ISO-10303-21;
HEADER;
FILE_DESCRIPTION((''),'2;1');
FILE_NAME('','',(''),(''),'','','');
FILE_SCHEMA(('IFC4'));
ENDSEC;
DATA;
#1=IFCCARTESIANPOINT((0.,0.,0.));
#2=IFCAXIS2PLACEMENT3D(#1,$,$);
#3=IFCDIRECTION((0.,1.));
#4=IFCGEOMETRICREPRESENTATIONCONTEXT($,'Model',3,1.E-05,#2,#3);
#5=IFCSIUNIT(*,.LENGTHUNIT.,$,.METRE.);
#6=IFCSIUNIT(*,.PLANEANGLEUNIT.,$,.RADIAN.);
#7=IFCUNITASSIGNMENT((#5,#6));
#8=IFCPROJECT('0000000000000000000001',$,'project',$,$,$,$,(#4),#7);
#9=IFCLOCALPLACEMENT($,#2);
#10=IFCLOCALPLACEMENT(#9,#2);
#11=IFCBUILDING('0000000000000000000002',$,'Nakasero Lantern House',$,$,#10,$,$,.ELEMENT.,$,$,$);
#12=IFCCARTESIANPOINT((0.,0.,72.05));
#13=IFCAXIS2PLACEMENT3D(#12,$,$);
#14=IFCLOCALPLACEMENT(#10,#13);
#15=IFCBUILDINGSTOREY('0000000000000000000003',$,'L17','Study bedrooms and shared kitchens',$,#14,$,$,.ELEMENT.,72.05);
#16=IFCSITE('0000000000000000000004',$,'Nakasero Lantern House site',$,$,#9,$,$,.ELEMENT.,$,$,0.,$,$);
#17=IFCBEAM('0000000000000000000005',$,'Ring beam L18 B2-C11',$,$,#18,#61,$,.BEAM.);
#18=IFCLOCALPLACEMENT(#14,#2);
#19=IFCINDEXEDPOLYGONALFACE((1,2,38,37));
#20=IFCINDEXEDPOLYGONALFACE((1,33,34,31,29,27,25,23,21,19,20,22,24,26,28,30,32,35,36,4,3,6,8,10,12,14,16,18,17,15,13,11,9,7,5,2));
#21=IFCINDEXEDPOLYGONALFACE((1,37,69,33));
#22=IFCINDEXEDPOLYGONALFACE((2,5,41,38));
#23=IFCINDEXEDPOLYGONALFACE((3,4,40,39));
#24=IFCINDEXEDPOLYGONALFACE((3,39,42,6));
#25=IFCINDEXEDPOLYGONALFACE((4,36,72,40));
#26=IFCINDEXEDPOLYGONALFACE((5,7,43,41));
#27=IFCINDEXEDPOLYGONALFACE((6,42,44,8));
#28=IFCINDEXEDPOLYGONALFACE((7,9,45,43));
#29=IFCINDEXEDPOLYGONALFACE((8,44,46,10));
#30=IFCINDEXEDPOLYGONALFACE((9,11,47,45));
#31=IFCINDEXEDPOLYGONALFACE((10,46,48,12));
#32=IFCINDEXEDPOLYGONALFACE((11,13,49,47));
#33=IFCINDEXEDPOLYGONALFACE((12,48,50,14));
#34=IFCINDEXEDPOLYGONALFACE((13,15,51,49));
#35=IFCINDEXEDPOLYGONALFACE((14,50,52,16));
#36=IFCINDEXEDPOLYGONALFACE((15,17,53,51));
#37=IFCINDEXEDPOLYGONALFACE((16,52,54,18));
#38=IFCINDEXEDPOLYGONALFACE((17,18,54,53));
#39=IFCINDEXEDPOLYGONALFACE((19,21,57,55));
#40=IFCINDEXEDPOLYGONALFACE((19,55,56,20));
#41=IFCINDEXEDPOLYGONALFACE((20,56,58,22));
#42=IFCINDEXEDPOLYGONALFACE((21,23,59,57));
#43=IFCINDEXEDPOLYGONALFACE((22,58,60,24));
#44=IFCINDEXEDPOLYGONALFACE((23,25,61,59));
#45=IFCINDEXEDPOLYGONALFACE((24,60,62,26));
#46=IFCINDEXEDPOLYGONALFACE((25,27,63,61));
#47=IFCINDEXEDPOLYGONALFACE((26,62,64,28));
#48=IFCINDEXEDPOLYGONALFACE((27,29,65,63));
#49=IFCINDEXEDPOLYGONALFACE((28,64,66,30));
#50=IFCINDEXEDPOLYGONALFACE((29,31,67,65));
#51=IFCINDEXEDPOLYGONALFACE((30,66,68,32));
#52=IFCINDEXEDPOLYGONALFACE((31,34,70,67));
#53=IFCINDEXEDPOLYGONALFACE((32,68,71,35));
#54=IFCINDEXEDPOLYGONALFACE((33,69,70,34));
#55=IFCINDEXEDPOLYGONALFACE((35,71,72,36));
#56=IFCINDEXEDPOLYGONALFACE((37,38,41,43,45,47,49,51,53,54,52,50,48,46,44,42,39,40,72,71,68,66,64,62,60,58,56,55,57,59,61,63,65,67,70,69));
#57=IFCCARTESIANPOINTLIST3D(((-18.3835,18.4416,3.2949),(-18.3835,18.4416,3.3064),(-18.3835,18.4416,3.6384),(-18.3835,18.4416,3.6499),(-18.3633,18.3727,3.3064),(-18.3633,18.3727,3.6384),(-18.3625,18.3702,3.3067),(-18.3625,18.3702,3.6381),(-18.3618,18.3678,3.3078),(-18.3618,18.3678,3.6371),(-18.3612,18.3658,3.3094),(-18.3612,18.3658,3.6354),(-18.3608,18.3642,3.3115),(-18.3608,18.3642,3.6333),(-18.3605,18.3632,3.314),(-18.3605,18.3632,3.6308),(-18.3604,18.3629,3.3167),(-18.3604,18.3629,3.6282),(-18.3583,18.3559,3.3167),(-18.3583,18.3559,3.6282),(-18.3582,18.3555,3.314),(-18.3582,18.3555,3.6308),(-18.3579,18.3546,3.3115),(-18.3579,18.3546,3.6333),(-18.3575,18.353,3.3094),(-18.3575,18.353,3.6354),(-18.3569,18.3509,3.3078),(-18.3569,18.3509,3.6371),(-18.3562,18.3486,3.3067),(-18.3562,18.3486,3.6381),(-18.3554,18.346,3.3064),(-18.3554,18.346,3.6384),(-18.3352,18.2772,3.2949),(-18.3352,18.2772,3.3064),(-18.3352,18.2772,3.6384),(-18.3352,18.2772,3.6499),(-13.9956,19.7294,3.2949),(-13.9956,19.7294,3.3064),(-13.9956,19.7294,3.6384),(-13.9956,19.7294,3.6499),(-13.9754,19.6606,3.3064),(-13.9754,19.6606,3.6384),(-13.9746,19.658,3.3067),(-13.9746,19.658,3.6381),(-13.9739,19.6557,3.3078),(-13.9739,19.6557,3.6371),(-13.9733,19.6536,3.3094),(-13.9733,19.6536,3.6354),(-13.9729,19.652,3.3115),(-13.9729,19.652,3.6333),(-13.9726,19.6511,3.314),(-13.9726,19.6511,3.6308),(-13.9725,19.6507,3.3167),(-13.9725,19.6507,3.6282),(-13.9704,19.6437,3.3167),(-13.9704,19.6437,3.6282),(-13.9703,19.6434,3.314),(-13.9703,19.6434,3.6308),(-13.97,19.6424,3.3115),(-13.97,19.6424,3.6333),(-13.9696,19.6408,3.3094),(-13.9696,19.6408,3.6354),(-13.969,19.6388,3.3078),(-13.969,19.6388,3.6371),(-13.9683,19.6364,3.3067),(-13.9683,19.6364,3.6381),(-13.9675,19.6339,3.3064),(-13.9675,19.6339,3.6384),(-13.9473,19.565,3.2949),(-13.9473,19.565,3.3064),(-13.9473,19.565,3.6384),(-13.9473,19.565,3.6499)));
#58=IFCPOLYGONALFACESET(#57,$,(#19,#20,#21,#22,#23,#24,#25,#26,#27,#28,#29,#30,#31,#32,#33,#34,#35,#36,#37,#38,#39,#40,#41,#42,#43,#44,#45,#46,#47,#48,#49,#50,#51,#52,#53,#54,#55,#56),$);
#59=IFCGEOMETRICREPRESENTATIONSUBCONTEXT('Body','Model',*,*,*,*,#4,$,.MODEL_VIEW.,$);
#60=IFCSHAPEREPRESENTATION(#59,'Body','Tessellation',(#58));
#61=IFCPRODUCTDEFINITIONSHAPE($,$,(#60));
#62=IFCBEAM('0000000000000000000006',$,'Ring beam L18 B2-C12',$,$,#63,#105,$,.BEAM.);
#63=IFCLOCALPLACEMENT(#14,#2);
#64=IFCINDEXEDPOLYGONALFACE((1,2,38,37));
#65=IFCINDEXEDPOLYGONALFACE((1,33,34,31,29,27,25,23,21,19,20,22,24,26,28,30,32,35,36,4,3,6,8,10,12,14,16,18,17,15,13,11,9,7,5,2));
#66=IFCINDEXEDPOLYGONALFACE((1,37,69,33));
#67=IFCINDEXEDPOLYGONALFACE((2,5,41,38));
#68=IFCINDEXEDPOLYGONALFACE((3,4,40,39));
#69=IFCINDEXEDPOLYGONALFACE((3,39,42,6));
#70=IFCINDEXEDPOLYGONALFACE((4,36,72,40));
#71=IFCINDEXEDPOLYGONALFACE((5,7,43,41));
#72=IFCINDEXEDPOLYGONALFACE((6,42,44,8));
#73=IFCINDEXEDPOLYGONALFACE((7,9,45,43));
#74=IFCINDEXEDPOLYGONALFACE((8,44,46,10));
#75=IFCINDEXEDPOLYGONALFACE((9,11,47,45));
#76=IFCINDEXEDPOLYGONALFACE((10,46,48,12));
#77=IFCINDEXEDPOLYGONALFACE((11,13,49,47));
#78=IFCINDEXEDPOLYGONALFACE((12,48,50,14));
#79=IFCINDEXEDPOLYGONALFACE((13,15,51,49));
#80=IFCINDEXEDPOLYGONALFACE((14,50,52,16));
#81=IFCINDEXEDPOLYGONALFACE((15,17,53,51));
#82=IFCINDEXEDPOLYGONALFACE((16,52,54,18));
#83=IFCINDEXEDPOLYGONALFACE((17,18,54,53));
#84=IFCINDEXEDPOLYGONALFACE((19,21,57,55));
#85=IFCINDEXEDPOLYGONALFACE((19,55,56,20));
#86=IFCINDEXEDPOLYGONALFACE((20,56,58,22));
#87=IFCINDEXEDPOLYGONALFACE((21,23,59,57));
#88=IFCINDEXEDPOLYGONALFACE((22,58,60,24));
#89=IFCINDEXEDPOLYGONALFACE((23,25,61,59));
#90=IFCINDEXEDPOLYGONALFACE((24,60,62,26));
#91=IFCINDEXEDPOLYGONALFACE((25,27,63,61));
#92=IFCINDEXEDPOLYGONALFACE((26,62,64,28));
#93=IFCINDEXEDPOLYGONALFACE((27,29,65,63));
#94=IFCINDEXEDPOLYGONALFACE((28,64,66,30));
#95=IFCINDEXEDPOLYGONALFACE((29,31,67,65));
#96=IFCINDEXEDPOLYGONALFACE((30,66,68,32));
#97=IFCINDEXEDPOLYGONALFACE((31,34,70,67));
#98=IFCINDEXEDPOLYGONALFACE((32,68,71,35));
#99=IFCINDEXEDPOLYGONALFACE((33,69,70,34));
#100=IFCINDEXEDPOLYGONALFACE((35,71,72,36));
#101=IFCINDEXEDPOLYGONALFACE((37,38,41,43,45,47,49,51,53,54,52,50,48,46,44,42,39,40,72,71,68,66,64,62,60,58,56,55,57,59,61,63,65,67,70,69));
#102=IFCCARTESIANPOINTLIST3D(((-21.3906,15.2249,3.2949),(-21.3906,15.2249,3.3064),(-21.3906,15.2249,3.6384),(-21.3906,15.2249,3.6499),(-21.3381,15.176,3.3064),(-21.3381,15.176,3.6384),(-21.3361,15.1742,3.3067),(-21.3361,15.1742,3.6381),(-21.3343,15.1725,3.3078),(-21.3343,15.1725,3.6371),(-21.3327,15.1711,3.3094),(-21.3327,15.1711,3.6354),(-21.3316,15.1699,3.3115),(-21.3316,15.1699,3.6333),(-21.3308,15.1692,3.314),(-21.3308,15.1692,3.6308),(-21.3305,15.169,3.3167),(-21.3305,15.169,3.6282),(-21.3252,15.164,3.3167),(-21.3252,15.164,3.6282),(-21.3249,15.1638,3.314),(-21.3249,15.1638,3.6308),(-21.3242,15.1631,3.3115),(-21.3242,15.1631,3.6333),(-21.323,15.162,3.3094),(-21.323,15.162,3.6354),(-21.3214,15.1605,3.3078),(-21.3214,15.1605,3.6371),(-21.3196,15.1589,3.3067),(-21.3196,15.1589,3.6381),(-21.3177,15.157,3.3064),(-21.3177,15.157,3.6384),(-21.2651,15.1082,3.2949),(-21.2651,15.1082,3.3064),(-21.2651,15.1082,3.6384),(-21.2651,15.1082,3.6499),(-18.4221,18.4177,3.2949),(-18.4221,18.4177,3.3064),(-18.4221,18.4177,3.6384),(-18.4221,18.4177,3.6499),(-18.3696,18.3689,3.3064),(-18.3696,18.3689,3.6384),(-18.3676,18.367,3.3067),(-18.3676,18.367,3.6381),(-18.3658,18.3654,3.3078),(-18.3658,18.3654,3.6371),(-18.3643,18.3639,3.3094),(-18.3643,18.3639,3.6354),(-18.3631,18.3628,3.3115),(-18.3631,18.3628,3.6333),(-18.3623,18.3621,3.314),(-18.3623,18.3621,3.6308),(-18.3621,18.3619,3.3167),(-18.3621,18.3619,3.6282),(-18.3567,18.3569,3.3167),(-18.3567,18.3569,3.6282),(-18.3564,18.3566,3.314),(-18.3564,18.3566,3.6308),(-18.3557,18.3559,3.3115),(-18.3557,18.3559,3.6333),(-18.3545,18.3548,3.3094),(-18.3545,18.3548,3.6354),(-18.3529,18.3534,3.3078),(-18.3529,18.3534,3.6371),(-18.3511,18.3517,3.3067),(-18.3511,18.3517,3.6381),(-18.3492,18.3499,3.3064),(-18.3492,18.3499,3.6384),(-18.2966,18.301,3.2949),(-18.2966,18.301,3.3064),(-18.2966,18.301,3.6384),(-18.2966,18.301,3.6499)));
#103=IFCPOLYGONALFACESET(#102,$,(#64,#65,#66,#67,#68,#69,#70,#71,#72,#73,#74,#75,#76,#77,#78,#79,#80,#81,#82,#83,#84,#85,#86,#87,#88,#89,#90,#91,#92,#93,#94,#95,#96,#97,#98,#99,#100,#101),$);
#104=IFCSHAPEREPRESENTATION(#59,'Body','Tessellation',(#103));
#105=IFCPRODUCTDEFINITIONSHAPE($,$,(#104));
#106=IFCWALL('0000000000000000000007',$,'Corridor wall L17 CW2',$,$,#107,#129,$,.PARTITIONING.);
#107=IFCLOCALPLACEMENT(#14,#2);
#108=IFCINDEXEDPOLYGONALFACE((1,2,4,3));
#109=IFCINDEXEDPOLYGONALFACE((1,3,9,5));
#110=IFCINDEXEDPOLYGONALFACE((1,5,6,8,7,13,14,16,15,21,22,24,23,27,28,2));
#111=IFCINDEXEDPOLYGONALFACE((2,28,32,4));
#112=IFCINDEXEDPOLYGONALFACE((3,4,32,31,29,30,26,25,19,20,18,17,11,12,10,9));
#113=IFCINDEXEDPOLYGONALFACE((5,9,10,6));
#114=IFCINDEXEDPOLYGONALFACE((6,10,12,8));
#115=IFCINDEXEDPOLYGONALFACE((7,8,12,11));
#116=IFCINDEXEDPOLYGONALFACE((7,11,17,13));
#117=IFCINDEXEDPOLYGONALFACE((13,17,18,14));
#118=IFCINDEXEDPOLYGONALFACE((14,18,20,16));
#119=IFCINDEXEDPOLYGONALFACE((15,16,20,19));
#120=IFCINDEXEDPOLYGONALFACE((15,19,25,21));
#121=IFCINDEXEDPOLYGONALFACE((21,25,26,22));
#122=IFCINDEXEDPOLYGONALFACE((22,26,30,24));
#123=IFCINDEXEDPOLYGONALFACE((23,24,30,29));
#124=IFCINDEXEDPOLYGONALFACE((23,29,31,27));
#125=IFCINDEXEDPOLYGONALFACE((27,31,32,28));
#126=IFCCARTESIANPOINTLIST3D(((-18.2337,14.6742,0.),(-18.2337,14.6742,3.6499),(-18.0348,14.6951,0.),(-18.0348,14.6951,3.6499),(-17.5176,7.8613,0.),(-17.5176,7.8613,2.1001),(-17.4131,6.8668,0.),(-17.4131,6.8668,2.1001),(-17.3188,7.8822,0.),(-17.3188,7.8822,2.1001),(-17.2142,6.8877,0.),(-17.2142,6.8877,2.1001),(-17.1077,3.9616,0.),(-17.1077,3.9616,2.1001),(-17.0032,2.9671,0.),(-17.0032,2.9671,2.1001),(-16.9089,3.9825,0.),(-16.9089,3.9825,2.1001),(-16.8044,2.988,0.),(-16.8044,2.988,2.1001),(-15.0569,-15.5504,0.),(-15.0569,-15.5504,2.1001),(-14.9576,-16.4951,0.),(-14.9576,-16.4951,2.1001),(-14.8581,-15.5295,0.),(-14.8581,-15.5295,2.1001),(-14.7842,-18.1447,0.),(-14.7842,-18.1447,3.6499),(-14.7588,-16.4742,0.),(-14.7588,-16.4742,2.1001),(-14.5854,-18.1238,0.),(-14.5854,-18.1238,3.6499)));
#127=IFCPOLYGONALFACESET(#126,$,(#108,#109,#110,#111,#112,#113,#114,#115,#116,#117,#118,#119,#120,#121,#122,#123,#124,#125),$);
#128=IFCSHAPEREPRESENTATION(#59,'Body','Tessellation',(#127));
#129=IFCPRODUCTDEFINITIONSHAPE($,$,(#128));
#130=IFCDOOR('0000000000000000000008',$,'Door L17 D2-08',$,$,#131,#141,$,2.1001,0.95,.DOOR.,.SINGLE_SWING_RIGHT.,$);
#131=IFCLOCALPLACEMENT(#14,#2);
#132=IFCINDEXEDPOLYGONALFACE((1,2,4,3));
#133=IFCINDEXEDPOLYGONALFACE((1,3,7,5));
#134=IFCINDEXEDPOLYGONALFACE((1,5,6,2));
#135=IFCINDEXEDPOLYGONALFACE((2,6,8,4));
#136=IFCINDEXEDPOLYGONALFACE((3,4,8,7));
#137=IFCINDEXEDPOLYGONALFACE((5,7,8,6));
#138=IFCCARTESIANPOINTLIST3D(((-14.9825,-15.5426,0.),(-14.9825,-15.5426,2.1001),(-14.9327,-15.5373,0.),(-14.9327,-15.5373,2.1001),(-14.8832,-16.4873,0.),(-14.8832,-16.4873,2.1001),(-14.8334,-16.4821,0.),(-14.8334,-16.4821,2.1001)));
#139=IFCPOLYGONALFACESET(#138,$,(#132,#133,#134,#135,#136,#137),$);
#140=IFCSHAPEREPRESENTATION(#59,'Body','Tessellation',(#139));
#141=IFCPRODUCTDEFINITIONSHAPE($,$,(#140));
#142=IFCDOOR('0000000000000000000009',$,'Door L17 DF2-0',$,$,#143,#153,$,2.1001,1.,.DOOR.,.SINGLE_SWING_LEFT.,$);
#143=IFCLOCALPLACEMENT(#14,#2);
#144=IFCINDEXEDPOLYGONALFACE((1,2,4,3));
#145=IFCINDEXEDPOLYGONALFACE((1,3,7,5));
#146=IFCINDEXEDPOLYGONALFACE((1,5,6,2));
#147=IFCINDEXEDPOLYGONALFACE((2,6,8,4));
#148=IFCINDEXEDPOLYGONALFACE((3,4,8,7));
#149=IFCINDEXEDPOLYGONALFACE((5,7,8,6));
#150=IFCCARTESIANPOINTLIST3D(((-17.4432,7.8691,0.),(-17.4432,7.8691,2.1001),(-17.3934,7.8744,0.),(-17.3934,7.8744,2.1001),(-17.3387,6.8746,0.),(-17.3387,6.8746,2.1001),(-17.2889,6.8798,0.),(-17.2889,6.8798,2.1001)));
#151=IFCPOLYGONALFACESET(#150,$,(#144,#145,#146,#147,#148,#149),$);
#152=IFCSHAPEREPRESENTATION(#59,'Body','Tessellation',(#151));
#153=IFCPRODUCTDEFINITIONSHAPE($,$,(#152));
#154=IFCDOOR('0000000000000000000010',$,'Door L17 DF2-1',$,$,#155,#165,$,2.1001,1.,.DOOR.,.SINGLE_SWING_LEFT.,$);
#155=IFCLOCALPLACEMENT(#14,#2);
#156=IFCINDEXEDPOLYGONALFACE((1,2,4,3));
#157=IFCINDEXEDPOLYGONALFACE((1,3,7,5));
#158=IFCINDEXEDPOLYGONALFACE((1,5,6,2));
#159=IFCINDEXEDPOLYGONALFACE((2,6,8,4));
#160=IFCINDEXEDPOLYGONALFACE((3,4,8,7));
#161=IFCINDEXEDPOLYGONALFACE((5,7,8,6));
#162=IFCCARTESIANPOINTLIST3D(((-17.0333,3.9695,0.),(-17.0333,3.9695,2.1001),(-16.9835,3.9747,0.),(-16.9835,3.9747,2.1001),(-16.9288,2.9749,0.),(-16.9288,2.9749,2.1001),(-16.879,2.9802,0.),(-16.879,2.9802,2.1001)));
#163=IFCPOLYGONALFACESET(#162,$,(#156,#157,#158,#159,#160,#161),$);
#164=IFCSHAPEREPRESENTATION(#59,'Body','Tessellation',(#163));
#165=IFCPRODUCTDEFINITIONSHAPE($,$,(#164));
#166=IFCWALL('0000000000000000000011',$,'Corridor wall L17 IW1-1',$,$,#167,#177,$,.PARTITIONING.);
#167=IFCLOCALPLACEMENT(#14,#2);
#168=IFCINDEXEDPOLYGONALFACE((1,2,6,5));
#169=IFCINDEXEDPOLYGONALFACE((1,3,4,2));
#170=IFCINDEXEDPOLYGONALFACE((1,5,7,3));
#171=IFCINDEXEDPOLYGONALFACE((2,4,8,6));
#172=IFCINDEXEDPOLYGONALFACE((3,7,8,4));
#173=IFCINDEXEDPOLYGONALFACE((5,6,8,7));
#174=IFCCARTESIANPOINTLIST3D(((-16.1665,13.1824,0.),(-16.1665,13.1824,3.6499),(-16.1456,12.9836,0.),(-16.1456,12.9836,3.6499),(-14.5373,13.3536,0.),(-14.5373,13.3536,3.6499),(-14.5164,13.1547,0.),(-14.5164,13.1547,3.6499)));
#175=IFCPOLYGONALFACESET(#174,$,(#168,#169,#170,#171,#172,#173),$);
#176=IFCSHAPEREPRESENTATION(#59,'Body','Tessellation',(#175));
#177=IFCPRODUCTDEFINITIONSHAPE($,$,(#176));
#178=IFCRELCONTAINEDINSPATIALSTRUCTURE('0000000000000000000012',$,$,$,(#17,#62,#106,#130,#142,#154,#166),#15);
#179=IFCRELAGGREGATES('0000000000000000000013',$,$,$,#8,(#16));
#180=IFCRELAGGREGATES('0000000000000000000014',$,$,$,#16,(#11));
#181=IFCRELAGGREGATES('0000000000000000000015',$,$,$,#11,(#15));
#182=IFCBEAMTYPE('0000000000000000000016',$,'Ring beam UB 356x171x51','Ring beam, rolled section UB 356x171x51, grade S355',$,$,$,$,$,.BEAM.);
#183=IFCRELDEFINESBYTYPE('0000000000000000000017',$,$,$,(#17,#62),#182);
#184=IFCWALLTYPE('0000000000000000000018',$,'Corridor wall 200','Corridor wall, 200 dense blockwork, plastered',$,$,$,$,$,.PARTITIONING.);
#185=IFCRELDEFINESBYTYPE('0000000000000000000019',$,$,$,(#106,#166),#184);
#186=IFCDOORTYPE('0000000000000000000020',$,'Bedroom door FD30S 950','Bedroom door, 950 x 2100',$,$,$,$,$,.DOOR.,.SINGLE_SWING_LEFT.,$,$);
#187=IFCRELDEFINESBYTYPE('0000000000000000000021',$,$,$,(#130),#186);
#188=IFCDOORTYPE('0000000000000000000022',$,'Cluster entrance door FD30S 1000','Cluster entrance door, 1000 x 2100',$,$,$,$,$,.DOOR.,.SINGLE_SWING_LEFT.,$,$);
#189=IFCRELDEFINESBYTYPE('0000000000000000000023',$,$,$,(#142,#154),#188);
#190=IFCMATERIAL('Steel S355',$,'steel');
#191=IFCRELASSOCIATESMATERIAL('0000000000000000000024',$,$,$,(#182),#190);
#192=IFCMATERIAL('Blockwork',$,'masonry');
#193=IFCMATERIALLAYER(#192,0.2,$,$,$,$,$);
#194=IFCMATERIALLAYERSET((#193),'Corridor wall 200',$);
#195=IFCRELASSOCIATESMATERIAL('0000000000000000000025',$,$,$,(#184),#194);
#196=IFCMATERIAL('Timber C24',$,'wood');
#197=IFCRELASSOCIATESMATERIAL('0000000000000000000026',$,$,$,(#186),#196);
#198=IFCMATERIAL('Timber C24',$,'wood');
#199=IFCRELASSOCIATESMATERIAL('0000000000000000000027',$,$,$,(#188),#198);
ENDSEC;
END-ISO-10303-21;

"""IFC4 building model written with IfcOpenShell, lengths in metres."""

from ifc_helpers import new_model, si_unit, direction, frame, frame_2d, origin, origin_2d, place, context, subcontext, project, spatial, rectangle, i_section, extrude, material, layer, layer_set, material_profile, profile_set, type_object, element, fill, save


model = new_model("IFC4")

# Units and contexts
model_context = context("Model", 3, precision=1e-05, world=origin(), true_north=direction((0.0, 1.0)))
body_context = subcontext(model_context, "Body", "Model", "MODEL_VIEW")
ifc_project = project(units=[si_unit("LENGTHUNIT", "METRE"), si_unit("PLANEANGLEUNIT", "RADIAN")], contexts=[model_context])

# Site, building, storey
site_placement = place(None, origin())
site = spatial("IfcSite", under=ifc_project, at=site_placement, Name="Nakasero Lantern House site", CompositionType="ELEMENT", RefElevation=0.0)
building_placement = place(site_placement, origin())
building = spatial("IfcBuilding", under=site, at=building_placement, Name="Nakasero Lantern House", CompositionType="ELEMENT")
storey_placement = place(building_placement, frame((0.0, 0.0, 72.05)))
storey = spatial("IfcBuildingStorey", under=building, at=storey_placement, Name="L17", Description="Study bedrooms and shared kitchens", CompositionType="ELEMENT", Elevation=72.05)

# Beams
ifc_material_1 = material(Name="Steel S355", Category="steel")
ifc_material_profile_1 = material_profile(ifc_material_1, i_section(OverallWidth=0.1714, OverallDepth=0.355, WebThickness=0.0073, FlangeThickness=0.0115, FilletRadius=0.0103, at=origin_2d()), Name="UB 356x171x51")
ifc_profile_set_1 = profile_set([ifc_material_profile_1], Name="Steel S355")
beam_type_1 = type_object("IfcBeamType", Name="Ring beam UB 356x171x51", Description="Ring beam, rolled section UB 356x171x51, grade S355", PredefinedType="BEAM", material=ifc_profile_set_1)
beam_1_placement = place(storey_placement, frame((-13.9714, 19.6472, 3.4724), z_axis=(-0.959527, -0.281617, 0.0), x_axis=(0.281617, -0.959527, 0.0)))
element("IfcBeam", 1, at=beam_1_placement, inside=storey, type_object=beam_type_1, Name="Ring beam L18 B2-C11", PredefinedType="BEAM", context=body_context, shape_type="SweptSolid", body=[
    extrude(i_section(OverallWidth=0.1714, OverallDepth=0.355, WebThickness=0.0073, FlangeThickness=0.0115, FilletRadius=0.0103, at=origin_2d()), origin(), (0.0, 0.0, 1.0), 4.573),
])
beam_2_placement = place(storey_placement, frame((-18.3594, 18.3594, 3.4724), z_axis=(-0.680906, -0.732371, 0.0), x_axis=(0.732371, -0.680906, 0.0)))
element("IfcBeam", 2, at=beam_2_placement, inside=storey, type_object=beam_type_1, Name="Ring beam L18 B2-C12", PredefinedType="BEAM", context=body_context, shape_type="SweptSolid", body=[
    extrude(i_section(OverallWidth=0.1714, OverallDepth=0.355, WebThickness=0.0073, FlangeThickness=0.0115, FilletRadius=0.0103, at=origin_2d()), origin(), (0.0, 0.0, 1.0), 4.3596),
])

# Wall, openings, doors
ifc_material_2 = material(Name="Blockwork", Category="masonry")
ifc_layer_1 = layer(ifc_material_2, 0.2)
ifc_layer_set_1 = layer_set([ifc_layer_1], Name="Corridor wall 200")
wall_type_1 = type_object("IfcWallType", Name="Corridor wall 200", Description="Corridor wall, 200 dense blockwork, plastered", PredefinedType="PARTITIONING", material=ifc_layer_set_1)
wall_1_placement = place(storey_placement, frame((-18.1343, 14.6848, 0.0), z_axis=(0.0, 0.0, 1.0), x_axis=(0.10453, -0.994522, 0.0)))
wall_1 = element("IfcWall", 3, at=wall_1_placement, inside=storey, type_object=wall_type_1, Name="Corridor wall L17 CW2", PredefinedType="PARTITIONING", context=body_context, shape_type="SweptSolid", body=[
    extrude(rectangle(XDim=32.9998, YDim=0.2, at=frame_2d((16.5, 0.0))), origin(), (0.0, 0.0, 1.0), 3.6499),
])
opening_1_placement = place(wall_1_placement, frame((6.8506, 0.0, 0.0)))
opening_1 = element("IfcOpeningElement", 4, at=opening_1_placement, cuts=wall_1, PredefinedType="OPENING", context=body_context, shape_type="SweptSolid", body=[
    extrude(rectangle(XDim=1.0, YDim=2.1001, at=frame_2d((0.5, 1.05))), frame((0.0, 0.1199, 0.0), z_axis=(0.0, -1.0, 0.0), x_axis=(1.0, 0.0, 0.0)), (0.0, 0.0, 1.0), 0.24),
])
opening_2_placement = place(wall_1_placement, frame((10.7717, 0.0, 0.0)))
opening_2 = element("IfcOpeningElement", 5, at=opening_2_placement, cuts=wall_1, PredefinedType="OPENING", context=body_context, shape_type="SweptSolid", body=[
    extrude(rectangle(XDim=1.0, YDim=2.1001, at=frame_2d((0.5, 1.05))), frame((0.0, 0.1199, 0.0), z_axis=(0.0, -1.0, 0.0), x_axis=(1.0, 0.0, 0.0)), (0.0, 0.0, 1.0), 0.24),
])
opening_3_placement = place(wall_1_placement, frame((30.3911, 0.0, 0.0)))
opening_3 = element("IfcOpeningElement", 6, at=opening_3_placement, cuts=wall_1, PredefinedType="OPENING", context=body_context, shape_type="SweptSolid", body=[
    extrude(rectangle(XDim=0.95, YDim=2.1001, at=frame_2d((0.4751, 1.05))), frame((0.0, 0.1199, 0.0), z_axis=(0.0, -1.0, 0.0), x_axis=(1.0, 0.0, 0.0)), (0.0, 0.0, 1.0), 0.24),
])
ifc_material_3 = material(Name="Timber C24", Category="wood")
door_type_1 = type_object("IfcDoorType", Name="Bedroom door FD30S 950", Description="Bedroom door, 950 x 2100", OperationType="SINGLE_SWING_LEFT", PredefinedType="DOOR", material=ifc_material_3)
door_1_placement = place(opening_3_placement, origin())
door_1 = element("IfcDoor", 7, at=door_1_placement, inside=storey, type_object=door_type_1, Name="Door L17 D2-08", OperationType="SINGLE_SWING_RIGHT", OverallHeight=2.1001, OverallWidth=0.95, PredefinedType="DOOR", context=body_context, shape_type="SweptSolid", body=[
    extrude(rectangle(XDim=0.95, YDim=2.1001, at=frame_2d((0.4751, 1.05))), frame((0.0, 0.0249, 0.0), z_axis=(0.0, -1.0, 0.0), x_axis=(1.0, 0.0, 0.0)), (0.0, 0.0, 1.0), 0.05),
])
fill(opening_3, door_1)
ifc_material_4 = material(Name="Timber C24", Category="wood")
door_type_2 = type_object("IfcDoorType", Name="Cluster entrance door FD30S 1000", Description="Cluster entrance door, 1000 x 2100", OperationType="SINGLE_SWING_LEFT", PredefinedType="DOOR", material=ifc_material_4)
door_2_placement = place(opening_1_placement, origin())
door_2 = element("IfcDoor", 8, at=door_2_placement, inside=storey, type_object=door_type_2, Name="Door L17 DF2-0", OperationType="SINGLE_SWING_LEFT", OverallHeight=2.1001, OverallWidth=1.0, PredefinedType="DOOR", context=body_context, shape_type="SweptSolid", body=[
    extrude(rectangle(XDim=1.0, YDim=2.1001, at=frame_2d((0.5, 1.05))), frame((0.0, 0.0249, 0.0), z_axis=(0.0, -1.0, 0.0), x_axis=(1.0, 0.0, 0.0)), (0.0, 0.0, 1.0), 0.05),
])
fill(opening_1, door_2)
door_3_placement = place(opening_2_placement, origin())
door_3 = element("IfcDoor", 9, at=door_3_placement, inside=storey, type_object=door_type_2, Name="Door L17 DF2-1", OperationType="SINGLE_SWING_LEFT", OverallHeight=2.1001, OverallWidth=1.0, PredefinedType="DOOR", context=body_context, shape_type="SweptSolid", body=[
    extrude(rectangle(XDim=1.0, YDim=2.1001, at=frame_2d((0.5, 1.05))), frame((0.0, 0.0249, 0.0), z_axis=(0.0, -1.0, 0.0), x_axis=(1.0, 0.0, 0.0)), (0.0, 0.0, 1.0), 0.05),
])
fill(opening_2, door_3)

# Wall
wall_2_placement = place(storey_placement, frame((-14.5269, 13.2542, 0.0), z_axis=(0.0, 0.0, 1.0), x_axis=(-0.994527, -0.104475, 0.0)))
element("IfcWall", 10, at=wall_2_placement, inside=storey, type_object=wall_type_1, Name="Corridor wall L17 IW1-1", PredefinedType="PARTITIONING", context=body_context, shape_type="SweptSolid", body=[
    extrude(rectangle(XDim=1.6382, YDim=0.2, at=frame_2d((0.8191, 0.0))), origin(), (0.0, 0.0, 1.0), 3.6499),
])

save(model, "model.ifc")
